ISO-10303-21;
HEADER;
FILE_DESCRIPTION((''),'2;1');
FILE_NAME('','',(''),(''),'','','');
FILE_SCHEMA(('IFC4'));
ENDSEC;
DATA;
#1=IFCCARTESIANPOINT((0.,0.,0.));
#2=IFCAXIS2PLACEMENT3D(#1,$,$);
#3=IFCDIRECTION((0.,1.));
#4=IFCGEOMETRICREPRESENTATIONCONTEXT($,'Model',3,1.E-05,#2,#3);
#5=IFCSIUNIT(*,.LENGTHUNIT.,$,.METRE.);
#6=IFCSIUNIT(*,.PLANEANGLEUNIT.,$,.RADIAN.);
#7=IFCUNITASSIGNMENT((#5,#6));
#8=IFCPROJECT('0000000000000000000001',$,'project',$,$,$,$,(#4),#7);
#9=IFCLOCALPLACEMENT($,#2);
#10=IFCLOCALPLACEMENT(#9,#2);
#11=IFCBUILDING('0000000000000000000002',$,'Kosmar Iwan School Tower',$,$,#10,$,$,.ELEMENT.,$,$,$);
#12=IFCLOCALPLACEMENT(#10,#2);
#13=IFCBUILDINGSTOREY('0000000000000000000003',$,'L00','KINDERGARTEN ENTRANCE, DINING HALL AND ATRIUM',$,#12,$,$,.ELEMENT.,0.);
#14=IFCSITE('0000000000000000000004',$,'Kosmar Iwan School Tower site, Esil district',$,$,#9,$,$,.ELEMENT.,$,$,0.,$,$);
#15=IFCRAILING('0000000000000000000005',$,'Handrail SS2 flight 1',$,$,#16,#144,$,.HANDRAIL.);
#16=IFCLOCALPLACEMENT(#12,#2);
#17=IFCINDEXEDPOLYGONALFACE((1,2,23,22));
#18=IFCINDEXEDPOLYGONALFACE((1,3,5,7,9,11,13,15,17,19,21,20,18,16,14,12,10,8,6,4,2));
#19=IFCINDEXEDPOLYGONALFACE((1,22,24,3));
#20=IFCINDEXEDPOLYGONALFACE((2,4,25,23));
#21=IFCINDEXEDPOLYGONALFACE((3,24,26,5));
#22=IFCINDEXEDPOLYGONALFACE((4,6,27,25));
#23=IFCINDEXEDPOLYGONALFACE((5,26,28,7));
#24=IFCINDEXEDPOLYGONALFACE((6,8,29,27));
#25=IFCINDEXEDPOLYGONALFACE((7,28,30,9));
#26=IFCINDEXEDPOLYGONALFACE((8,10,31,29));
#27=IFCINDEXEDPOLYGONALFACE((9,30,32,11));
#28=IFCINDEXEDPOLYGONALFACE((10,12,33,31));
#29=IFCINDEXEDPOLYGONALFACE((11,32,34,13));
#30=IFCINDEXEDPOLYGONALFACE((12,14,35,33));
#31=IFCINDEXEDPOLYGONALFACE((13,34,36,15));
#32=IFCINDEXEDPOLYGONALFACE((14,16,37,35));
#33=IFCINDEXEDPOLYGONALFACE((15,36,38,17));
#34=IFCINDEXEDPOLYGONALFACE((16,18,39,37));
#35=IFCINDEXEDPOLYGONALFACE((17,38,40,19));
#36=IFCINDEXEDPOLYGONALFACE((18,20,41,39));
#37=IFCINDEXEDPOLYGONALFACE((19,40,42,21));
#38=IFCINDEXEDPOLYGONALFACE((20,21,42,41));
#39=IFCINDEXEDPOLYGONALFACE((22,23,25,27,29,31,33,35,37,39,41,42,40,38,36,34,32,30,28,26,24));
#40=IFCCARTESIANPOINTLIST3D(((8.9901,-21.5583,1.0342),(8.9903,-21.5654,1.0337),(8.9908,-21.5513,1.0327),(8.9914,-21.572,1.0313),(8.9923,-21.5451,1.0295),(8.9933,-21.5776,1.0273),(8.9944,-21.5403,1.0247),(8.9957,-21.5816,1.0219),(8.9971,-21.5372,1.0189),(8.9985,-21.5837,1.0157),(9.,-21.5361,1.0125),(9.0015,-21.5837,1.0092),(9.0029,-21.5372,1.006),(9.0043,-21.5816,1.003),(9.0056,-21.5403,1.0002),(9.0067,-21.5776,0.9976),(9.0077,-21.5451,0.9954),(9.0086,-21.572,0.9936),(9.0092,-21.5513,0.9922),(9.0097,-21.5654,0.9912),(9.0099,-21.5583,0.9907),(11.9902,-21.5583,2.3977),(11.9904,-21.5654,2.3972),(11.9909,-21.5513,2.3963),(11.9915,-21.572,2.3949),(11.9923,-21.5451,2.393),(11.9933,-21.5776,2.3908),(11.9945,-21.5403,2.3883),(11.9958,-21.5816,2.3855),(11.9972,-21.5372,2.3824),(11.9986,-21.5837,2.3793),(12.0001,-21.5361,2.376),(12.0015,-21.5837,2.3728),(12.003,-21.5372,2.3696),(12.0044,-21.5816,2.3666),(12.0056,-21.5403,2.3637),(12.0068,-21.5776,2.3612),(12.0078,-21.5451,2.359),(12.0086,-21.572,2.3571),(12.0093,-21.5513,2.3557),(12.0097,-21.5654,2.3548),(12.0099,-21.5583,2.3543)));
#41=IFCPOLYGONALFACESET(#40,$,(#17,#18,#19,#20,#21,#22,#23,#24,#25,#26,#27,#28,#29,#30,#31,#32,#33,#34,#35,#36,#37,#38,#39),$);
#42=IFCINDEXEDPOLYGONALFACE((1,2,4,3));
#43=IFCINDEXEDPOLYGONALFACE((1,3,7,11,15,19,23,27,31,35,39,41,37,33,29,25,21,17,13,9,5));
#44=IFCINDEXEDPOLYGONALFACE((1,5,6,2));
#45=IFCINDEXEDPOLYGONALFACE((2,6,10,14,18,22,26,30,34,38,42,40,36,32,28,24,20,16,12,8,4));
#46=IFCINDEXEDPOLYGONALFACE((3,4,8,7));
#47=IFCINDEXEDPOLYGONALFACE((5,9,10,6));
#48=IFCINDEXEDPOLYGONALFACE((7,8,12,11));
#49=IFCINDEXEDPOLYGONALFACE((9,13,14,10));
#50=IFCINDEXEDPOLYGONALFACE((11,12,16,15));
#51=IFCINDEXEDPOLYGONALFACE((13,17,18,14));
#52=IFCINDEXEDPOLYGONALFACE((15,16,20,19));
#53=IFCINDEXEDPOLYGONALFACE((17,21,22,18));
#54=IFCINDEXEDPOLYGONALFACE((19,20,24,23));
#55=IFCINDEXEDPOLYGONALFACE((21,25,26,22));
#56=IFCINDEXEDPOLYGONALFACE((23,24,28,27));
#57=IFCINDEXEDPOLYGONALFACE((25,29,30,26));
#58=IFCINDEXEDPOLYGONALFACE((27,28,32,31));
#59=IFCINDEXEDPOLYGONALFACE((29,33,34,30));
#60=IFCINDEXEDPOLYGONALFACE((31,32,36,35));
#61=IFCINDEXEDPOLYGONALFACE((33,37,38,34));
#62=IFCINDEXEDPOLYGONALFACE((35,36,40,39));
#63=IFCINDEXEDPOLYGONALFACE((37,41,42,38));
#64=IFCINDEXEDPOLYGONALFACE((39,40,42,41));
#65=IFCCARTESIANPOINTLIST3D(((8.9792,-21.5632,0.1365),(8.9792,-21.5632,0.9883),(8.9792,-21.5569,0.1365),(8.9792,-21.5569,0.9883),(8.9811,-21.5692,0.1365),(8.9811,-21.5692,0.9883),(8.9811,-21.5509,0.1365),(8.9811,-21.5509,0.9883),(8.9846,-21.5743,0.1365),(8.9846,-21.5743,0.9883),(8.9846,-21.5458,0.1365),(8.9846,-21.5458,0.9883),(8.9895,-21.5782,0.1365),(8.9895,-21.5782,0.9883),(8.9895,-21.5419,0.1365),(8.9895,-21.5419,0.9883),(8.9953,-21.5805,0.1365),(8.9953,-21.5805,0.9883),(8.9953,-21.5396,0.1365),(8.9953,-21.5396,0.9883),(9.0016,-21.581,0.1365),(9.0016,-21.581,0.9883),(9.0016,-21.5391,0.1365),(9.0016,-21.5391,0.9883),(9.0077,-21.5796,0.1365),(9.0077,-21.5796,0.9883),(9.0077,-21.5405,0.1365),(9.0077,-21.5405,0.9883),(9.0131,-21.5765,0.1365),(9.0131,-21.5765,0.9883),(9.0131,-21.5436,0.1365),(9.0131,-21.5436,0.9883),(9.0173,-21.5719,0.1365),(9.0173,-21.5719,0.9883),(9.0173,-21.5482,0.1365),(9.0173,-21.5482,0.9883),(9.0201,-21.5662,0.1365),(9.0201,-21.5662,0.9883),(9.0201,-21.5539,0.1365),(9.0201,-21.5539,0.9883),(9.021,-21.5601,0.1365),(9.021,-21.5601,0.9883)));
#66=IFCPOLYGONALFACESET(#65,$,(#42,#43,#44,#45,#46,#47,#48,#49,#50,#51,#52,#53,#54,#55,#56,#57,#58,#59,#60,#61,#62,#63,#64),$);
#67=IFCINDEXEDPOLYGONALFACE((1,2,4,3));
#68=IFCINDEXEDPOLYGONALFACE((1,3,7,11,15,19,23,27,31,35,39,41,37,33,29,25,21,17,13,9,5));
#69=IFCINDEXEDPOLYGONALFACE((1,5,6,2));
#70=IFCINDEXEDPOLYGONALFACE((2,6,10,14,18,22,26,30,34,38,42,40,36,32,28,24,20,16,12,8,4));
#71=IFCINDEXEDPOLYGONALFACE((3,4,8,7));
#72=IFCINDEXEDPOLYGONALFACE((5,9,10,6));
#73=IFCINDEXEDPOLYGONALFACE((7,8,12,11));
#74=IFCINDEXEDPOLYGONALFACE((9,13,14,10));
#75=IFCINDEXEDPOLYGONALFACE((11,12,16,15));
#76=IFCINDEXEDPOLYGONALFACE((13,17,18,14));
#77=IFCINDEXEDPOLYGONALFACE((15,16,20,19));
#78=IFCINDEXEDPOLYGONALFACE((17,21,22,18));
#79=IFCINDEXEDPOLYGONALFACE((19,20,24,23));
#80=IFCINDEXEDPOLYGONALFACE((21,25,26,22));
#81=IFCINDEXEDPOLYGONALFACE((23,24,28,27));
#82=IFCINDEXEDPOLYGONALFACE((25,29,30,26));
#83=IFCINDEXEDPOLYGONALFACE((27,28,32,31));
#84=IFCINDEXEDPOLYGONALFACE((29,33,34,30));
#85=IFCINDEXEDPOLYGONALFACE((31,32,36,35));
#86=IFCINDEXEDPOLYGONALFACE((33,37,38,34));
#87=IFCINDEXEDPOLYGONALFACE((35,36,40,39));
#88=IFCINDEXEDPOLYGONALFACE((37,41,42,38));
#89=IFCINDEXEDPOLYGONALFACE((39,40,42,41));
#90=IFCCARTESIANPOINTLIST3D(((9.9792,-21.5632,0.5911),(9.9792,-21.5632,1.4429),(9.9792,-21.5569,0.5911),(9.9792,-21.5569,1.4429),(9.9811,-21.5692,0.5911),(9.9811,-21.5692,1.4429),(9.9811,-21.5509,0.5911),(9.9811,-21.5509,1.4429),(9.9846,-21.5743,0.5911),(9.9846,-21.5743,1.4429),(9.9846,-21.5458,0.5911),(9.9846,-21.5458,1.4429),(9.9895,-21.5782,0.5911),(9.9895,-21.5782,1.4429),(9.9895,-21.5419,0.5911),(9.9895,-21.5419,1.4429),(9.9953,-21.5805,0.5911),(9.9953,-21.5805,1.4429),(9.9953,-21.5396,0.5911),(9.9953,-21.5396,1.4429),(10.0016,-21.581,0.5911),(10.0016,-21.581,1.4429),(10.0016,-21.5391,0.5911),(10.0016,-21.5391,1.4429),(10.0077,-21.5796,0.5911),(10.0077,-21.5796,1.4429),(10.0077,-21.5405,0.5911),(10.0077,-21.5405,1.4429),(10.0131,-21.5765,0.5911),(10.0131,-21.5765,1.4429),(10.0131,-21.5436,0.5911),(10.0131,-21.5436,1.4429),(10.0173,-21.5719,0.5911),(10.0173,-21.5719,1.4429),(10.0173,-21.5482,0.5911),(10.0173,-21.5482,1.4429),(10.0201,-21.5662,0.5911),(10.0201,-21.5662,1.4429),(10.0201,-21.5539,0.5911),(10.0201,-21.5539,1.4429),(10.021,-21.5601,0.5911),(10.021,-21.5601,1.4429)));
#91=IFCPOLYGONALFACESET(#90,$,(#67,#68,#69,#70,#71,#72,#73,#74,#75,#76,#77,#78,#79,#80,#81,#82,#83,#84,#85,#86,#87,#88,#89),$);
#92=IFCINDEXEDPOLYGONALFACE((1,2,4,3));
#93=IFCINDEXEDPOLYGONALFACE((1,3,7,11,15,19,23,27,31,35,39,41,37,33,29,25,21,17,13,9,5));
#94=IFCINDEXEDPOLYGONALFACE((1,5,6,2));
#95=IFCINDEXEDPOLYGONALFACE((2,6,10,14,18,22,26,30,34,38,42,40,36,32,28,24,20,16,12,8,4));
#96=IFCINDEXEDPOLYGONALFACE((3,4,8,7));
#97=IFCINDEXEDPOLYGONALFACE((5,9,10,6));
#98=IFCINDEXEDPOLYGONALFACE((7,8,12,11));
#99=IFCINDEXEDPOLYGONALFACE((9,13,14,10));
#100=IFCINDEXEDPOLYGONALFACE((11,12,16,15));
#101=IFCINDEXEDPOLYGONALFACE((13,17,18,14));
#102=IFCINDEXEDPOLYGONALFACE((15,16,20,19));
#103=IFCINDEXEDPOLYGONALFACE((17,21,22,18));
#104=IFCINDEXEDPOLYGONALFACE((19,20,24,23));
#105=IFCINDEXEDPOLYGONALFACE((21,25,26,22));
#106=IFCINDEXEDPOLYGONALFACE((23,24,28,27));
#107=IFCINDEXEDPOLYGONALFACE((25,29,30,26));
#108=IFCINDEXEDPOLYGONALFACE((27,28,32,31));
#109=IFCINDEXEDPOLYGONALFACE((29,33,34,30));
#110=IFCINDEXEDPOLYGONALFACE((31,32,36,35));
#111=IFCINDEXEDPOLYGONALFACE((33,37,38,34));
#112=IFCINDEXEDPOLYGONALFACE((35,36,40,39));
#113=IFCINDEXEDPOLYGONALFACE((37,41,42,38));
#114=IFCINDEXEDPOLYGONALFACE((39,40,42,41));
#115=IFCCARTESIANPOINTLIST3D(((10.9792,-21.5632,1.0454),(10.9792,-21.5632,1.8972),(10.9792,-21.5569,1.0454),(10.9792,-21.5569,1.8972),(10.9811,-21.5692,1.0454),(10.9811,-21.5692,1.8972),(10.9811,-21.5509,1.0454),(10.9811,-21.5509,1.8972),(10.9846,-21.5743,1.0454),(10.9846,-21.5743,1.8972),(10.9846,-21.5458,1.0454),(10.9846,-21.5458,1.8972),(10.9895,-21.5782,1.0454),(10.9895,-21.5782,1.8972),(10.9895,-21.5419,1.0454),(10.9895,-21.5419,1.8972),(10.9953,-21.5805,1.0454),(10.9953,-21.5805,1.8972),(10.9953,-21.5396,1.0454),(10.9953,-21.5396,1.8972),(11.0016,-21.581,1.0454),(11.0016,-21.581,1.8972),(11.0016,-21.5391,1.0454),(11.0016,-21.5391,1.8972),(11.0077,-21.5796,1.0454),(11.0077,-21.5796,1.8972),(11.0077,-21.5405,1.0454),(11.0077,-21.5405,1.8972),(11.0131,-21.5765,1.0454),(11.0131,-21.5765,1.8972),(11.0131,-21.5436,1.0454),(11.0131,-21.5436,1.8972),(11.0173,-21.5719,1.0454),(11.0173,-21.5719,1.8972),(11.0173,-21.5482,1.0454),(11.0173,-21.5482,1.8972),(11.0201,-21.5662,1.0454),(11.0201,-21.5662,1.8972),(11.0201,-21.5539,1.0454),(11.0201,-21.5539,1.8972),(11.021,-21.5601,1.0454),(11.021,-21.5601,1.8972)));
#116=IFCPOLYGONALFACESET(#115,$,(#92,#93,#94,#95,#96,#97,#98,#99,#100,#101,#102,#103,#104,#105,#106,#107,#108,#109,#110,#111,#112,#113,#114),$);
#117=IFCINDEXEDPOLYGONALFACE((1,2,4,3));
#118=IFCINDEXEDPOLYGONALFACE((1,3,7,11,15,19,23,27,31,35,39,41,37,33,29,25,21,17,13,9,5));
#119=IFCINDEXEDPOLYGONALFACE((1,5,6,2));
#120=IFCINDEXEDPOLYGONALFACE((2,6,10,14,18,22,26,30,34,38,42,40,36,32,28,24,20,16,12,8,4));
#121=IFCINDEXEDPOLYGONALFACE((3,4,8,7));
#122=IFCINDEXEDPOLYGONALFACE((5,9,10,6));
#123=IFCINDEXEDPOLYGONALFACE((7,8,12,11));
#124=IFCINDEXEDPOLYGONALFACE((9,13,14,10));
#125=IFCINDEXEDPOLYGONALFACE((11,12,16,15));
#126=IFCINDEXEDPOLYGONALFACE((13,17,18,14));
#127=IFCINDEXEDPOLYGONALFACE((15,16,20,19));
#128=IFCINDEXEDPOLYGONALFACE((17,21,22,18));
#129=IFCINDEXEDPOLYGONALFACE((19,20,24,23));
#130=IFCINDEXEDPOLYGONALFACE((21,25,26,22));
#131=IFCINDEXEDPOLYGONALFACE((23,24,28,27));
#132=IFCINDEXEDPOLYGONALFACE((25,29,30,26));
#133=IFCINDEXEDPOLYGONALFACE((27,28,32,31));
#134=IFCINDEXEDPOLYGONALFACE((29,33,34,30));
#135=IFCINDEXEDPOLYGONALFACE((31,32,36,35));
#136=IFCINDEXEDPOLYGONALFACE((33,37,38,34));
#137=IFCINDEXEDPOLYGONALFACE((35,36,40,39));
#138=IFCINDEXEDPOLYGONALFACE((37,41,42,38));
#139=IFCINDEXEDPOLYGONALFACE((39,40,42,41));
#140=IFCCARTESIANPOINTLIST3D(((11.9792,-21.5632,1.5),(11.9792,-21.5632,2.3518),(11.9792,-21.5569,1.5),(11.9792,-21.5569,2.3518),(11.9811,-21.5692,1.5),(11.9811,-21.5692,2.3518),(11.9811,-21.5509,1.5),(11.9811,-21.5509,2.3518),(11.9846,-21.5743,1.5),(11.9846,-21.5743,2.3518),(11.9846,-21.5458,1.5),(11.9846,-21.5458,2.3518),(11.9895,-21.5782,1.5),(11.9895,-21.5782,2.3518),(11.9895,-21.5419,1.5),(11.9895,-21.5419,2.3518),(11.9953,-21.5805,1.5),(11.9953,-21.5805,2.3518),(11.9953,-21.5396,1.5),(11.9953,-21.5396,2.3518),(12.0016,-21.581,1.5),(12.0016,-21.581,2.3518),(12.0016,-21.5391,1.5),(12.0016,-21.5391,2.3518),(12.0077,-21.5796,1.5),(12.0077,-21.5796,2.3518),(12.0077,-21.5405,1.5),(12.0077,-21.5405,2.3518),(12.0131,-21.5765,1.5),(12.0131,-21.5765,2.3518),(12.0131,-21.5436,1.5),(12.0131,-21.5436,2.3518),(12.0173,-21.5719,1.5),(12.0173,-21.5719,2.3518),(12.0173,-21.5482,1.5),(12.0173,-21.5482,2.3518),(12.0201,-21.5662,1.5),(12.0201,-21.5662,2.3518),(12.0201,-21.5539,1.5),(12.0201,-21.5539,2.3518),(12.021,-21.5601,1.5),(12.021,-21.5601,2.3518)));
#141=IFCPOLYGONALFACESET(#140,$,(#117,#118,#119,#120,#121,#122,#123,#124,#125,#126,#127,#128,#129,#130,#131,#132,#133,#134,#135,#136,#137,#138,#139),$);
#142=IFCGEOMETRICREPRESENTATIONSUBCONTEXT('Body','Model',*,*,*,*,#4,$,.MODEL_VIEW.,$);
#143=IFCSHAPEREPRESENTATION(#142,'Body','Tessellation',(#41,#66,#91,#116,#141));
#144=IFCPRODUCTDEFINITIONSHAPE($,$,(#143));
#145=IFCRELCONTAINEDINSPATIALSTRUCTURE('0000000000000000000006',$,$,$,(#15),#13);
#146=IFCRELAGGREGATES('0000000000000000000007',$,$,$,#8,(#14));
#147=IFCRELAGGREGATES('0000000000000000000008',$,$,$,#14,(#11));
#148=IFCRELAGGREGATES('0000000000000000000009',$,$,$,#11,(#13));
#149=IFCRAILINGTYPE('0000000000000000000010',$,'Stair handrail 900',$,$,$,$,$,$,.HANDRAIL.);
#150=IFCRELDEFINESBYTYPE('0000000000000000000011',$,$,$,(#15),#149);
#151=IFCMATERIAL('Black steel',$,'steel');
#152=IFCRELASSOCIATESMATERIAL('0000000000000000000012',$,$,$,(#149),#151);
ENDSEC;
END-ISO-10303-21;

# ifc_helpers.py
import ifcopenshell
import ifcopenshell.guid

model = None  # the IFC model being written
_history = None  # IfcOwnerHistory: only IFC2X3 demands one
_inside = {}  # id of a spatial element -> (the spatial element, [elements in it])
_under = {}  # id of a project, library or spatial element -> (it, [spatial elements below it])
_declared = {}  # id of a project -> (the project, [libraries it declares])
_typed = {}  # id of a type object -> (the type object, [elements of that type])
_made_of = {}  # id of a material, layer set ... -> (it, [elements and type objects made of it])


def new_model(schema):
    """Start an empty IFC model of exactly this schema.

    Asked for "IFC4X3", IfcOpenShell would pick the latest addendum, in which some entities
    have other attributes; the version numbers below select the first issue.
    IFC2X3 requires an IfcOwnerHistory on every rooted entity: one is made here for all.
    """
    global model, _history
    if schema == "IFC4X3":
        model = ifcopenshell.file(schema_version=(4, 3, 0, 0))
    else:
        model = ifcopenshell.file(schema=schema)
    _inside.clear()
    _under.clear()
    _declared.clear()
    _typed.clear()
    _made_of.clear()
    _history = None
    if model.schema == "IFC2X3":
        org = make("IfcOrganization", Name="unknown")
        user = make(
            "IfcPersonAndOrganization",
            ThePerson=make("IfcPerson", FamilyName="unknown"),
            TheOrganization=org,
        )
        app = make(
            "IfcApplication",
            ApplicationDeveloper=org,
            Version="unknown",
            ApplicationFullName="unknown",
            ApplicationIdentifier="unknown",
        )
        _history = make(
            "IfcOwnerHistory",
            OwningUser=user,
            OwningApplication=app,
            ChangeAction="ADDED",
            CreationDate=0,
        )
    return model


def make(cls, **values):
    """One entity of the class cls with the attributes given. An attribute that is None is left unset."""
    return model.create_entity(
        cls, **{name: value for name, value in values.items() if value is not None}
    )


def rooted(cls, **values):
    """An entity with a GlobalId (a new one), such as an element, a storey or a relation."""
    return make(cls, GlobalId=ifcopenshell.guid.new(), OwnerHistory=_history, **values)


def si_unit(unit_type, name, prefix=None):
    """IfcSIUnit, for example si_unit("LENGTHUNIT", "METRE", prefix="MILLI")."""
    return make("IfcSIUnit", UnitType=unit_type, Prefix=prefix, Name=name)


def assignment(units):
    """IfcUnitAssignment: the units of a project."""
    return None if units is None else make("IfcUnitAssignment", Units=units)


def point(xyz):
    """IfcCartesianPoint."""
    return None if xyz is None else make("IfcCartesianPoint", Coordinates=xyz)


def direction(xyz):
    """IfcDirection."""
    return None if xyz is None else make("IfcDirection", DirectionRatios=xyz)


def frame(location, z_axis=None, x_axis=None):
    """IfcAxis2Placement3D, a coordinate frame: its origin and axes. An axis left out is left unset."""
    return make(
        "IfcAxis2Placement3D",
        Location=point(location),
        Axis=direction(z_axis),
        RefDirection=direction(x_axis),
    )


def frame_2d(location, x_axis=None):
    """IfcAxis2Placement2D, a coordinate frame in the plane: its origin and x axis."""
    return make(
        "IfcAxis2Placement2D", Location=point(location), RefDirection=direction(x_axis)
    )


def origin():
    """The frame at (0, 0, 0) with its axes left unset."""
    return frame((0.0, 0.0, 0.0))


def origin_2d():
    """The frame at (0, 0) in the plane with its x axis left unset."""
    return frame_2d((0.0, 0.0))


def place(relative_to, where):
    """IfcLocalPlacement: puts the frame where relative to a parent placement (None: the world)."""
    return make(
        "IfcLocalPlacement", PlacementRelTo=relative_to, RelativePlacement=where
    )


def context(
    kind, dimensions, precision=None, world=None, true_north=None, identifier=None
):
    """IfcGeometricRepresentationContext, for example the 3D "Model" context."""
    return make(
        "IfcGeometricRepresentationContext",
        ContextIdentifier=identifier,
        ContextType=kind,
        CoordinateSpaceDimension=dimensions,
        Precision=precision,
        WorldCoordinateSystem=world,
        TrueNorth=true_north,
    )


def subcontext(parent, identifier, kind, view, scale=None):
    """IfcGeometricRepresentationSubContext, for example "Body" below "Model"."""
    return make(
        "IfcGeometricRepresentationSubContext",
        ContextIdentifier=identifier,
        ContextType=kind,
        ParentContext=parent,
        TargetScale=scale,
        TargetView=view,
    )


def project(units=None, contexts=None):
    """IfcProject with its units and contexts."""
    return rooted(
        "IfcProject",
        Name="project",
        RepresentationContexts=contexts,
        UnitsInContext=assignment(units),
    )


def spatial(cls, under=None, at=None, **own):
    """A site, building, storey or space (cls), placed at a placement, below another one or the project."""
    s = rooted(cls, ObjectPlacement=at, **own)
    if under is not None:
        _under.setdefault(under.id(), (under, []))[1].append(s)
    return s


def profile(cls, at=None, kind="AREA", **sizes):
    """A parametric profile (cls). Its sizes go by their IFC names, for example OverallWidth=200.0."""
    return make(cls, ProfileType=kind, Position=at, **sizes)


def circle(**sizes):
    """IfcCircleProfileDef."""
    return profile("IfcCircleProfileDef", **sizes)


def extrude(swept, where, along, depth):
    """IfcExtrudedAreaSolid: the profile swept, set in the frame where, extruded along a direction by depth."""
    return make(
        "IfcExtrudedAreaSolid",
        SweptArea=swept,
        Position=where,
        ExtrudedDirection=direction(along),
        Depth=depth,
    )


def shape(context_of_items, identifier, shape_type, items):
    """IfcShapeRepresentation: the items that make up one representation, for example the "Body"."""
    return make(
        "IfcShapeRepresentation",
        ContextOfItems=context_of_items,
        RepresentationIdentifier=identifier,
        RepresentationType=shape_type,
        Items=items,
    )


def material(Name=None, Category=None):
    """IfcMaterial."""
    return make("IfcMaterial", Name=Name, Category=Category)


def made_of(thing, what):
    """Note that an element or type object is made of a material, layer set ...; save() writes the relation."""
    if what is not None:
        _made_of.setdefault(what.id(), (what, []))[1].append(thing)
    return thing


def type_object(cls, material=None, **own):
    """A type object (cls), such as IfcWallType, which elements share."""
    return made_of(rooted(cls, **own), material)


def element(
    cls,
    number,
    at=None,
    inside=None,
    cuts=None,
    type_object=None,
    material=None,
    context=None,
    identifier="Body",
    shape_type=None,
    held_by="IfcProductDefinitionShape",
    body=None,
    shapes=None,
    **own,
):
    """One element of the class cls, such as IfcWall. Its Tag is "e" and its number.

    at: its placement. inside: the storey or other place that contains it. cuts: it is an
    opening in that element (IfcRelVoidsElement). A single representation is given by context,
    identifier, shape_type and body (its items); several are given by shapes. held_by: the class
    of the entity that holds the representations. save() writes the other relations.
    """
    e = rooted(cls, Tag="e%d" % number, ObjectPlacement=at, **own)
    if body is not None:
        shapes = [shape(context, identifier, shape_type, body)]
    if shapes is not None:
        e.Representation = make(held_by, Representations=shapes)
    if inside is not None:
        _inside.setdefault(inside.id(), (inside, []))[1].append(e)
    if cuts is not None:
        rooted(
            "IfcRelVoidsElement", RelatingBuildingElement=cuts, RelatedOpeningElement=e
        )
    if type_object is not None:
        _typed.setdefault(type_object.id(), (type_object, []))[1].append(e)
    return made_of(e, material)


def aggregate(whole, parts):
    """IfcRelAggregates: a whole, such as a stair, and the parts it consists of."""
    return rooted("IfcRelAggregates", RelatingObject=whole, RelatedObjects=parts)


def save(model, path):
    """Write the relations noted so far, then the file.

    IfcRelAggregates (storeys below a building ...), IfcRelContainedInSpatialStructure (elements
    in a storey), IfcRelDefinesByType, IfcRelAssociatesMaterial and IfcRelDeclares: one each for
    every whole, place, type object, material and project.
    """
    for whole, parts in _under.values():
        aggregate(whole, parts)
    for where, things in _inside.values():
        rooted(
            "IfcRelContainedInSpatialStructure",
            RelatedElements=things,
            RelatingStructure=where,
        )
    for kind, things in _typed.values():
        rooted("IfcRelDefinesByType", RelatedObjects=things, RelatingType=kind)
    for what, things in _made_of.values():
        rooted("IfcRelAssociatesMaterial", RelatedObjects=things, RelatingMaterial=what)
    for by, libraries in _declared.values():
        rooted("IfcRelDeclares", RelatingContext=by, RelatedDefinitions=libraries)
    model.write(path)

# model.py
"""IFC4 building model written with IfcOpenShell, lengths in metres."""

from ifc_helpers import new_model, si_unit, direction, frame, origin, origin_2d, place, context, subcontext, project, spatial, circle, extrude, material, type_object, element, save


model = new_model("IFC4")

# Units and contexts
model_context = context("Model", 3, precision=1e-05, world=origin(), true_north=direction((0.0, 1.0)))
body_context = subcontext(model_context, "Body", "Model", "MODEL_VIEW")
ifc_project = project(units=[si_unit("LENGTHUNIT", "METRE"), si_unit("PLANEANGLEUNIT", "RADIAN")], contexts=[model_context])

# Site, building, storey
site_placement = place(None, origin())
site = spatial("IfcSite", under=ifc_project, at=site_placement, Name="Kosmar Iwan School Tower site, Esil district", CompositionType="ELEMENT", RefElevation=0.0)
building_placement = place(site_placement, origin())
building = spatial("IfcBuilding", under=site, at=building_placement, Name="Kosmar Iwan School Tower", CompositionType="ELEMENT")
storey_placement = place(building_placement, origin())
storey = spatial("IfcBuildingStorey", under=building, at=storey_placement, Name="L00", Description="KINDERGARTEN ENTRANCE, DINING HALL AND ATRIUM", CompositionType="ELEMENT", Elevation=0.0)

# Railing
ifc_material_1 = material(Name="Black steel", Category="steel")
railing_type = type_object("IfcRailingType", Name="Stair handrail 900", PredefinedType="HANDRAIL", material=ifc_material_1)
railing_1_placement = place(storey_placement, frame((9.0, -21.5601, 0.1365)))
element("IfcRailing", 1, at=railing_1_placement, inside=storey, type_object=railing_type, Name="Handrail SS2 flight 1", PredefinedType="HANDRAIL", context=body_context, shape_type="SweptSolid", body=[
    extrude(circle(Radius=0.0239, at=origin_2d()), frame((0.0, 0.0, 0.876), z_axis=(0.910379, 0.0, 0.413775), x_axis=(0.0, 1.0, 0.0)), (0.0, 0.0, 1.0), 3.2954),
    extrude(circle(Radius=0.021, at=origin_2d()), origin(), (0.0, 0.0, 1.0), 0.8518),
    extrude(circle(Radius=0.021, at=origin_2d()), frame((1.0, 0.0, 0.4546)), (0.0, 0.0, 1.0), 0.8518),
    extrude(circle(Radius=0.021, at=origin_2d()), frame((2.0, 0.0, 0.9089)), (0.0, 0.0, 1.0), 0.8518),
    extrude(circle(Radius=0.021, at=origin_2d()), frame((3.0, 0.0, 1.3635)), (0.0, 0.0, 1.0), 0.8518),
])

save(model, "model.ifc")
